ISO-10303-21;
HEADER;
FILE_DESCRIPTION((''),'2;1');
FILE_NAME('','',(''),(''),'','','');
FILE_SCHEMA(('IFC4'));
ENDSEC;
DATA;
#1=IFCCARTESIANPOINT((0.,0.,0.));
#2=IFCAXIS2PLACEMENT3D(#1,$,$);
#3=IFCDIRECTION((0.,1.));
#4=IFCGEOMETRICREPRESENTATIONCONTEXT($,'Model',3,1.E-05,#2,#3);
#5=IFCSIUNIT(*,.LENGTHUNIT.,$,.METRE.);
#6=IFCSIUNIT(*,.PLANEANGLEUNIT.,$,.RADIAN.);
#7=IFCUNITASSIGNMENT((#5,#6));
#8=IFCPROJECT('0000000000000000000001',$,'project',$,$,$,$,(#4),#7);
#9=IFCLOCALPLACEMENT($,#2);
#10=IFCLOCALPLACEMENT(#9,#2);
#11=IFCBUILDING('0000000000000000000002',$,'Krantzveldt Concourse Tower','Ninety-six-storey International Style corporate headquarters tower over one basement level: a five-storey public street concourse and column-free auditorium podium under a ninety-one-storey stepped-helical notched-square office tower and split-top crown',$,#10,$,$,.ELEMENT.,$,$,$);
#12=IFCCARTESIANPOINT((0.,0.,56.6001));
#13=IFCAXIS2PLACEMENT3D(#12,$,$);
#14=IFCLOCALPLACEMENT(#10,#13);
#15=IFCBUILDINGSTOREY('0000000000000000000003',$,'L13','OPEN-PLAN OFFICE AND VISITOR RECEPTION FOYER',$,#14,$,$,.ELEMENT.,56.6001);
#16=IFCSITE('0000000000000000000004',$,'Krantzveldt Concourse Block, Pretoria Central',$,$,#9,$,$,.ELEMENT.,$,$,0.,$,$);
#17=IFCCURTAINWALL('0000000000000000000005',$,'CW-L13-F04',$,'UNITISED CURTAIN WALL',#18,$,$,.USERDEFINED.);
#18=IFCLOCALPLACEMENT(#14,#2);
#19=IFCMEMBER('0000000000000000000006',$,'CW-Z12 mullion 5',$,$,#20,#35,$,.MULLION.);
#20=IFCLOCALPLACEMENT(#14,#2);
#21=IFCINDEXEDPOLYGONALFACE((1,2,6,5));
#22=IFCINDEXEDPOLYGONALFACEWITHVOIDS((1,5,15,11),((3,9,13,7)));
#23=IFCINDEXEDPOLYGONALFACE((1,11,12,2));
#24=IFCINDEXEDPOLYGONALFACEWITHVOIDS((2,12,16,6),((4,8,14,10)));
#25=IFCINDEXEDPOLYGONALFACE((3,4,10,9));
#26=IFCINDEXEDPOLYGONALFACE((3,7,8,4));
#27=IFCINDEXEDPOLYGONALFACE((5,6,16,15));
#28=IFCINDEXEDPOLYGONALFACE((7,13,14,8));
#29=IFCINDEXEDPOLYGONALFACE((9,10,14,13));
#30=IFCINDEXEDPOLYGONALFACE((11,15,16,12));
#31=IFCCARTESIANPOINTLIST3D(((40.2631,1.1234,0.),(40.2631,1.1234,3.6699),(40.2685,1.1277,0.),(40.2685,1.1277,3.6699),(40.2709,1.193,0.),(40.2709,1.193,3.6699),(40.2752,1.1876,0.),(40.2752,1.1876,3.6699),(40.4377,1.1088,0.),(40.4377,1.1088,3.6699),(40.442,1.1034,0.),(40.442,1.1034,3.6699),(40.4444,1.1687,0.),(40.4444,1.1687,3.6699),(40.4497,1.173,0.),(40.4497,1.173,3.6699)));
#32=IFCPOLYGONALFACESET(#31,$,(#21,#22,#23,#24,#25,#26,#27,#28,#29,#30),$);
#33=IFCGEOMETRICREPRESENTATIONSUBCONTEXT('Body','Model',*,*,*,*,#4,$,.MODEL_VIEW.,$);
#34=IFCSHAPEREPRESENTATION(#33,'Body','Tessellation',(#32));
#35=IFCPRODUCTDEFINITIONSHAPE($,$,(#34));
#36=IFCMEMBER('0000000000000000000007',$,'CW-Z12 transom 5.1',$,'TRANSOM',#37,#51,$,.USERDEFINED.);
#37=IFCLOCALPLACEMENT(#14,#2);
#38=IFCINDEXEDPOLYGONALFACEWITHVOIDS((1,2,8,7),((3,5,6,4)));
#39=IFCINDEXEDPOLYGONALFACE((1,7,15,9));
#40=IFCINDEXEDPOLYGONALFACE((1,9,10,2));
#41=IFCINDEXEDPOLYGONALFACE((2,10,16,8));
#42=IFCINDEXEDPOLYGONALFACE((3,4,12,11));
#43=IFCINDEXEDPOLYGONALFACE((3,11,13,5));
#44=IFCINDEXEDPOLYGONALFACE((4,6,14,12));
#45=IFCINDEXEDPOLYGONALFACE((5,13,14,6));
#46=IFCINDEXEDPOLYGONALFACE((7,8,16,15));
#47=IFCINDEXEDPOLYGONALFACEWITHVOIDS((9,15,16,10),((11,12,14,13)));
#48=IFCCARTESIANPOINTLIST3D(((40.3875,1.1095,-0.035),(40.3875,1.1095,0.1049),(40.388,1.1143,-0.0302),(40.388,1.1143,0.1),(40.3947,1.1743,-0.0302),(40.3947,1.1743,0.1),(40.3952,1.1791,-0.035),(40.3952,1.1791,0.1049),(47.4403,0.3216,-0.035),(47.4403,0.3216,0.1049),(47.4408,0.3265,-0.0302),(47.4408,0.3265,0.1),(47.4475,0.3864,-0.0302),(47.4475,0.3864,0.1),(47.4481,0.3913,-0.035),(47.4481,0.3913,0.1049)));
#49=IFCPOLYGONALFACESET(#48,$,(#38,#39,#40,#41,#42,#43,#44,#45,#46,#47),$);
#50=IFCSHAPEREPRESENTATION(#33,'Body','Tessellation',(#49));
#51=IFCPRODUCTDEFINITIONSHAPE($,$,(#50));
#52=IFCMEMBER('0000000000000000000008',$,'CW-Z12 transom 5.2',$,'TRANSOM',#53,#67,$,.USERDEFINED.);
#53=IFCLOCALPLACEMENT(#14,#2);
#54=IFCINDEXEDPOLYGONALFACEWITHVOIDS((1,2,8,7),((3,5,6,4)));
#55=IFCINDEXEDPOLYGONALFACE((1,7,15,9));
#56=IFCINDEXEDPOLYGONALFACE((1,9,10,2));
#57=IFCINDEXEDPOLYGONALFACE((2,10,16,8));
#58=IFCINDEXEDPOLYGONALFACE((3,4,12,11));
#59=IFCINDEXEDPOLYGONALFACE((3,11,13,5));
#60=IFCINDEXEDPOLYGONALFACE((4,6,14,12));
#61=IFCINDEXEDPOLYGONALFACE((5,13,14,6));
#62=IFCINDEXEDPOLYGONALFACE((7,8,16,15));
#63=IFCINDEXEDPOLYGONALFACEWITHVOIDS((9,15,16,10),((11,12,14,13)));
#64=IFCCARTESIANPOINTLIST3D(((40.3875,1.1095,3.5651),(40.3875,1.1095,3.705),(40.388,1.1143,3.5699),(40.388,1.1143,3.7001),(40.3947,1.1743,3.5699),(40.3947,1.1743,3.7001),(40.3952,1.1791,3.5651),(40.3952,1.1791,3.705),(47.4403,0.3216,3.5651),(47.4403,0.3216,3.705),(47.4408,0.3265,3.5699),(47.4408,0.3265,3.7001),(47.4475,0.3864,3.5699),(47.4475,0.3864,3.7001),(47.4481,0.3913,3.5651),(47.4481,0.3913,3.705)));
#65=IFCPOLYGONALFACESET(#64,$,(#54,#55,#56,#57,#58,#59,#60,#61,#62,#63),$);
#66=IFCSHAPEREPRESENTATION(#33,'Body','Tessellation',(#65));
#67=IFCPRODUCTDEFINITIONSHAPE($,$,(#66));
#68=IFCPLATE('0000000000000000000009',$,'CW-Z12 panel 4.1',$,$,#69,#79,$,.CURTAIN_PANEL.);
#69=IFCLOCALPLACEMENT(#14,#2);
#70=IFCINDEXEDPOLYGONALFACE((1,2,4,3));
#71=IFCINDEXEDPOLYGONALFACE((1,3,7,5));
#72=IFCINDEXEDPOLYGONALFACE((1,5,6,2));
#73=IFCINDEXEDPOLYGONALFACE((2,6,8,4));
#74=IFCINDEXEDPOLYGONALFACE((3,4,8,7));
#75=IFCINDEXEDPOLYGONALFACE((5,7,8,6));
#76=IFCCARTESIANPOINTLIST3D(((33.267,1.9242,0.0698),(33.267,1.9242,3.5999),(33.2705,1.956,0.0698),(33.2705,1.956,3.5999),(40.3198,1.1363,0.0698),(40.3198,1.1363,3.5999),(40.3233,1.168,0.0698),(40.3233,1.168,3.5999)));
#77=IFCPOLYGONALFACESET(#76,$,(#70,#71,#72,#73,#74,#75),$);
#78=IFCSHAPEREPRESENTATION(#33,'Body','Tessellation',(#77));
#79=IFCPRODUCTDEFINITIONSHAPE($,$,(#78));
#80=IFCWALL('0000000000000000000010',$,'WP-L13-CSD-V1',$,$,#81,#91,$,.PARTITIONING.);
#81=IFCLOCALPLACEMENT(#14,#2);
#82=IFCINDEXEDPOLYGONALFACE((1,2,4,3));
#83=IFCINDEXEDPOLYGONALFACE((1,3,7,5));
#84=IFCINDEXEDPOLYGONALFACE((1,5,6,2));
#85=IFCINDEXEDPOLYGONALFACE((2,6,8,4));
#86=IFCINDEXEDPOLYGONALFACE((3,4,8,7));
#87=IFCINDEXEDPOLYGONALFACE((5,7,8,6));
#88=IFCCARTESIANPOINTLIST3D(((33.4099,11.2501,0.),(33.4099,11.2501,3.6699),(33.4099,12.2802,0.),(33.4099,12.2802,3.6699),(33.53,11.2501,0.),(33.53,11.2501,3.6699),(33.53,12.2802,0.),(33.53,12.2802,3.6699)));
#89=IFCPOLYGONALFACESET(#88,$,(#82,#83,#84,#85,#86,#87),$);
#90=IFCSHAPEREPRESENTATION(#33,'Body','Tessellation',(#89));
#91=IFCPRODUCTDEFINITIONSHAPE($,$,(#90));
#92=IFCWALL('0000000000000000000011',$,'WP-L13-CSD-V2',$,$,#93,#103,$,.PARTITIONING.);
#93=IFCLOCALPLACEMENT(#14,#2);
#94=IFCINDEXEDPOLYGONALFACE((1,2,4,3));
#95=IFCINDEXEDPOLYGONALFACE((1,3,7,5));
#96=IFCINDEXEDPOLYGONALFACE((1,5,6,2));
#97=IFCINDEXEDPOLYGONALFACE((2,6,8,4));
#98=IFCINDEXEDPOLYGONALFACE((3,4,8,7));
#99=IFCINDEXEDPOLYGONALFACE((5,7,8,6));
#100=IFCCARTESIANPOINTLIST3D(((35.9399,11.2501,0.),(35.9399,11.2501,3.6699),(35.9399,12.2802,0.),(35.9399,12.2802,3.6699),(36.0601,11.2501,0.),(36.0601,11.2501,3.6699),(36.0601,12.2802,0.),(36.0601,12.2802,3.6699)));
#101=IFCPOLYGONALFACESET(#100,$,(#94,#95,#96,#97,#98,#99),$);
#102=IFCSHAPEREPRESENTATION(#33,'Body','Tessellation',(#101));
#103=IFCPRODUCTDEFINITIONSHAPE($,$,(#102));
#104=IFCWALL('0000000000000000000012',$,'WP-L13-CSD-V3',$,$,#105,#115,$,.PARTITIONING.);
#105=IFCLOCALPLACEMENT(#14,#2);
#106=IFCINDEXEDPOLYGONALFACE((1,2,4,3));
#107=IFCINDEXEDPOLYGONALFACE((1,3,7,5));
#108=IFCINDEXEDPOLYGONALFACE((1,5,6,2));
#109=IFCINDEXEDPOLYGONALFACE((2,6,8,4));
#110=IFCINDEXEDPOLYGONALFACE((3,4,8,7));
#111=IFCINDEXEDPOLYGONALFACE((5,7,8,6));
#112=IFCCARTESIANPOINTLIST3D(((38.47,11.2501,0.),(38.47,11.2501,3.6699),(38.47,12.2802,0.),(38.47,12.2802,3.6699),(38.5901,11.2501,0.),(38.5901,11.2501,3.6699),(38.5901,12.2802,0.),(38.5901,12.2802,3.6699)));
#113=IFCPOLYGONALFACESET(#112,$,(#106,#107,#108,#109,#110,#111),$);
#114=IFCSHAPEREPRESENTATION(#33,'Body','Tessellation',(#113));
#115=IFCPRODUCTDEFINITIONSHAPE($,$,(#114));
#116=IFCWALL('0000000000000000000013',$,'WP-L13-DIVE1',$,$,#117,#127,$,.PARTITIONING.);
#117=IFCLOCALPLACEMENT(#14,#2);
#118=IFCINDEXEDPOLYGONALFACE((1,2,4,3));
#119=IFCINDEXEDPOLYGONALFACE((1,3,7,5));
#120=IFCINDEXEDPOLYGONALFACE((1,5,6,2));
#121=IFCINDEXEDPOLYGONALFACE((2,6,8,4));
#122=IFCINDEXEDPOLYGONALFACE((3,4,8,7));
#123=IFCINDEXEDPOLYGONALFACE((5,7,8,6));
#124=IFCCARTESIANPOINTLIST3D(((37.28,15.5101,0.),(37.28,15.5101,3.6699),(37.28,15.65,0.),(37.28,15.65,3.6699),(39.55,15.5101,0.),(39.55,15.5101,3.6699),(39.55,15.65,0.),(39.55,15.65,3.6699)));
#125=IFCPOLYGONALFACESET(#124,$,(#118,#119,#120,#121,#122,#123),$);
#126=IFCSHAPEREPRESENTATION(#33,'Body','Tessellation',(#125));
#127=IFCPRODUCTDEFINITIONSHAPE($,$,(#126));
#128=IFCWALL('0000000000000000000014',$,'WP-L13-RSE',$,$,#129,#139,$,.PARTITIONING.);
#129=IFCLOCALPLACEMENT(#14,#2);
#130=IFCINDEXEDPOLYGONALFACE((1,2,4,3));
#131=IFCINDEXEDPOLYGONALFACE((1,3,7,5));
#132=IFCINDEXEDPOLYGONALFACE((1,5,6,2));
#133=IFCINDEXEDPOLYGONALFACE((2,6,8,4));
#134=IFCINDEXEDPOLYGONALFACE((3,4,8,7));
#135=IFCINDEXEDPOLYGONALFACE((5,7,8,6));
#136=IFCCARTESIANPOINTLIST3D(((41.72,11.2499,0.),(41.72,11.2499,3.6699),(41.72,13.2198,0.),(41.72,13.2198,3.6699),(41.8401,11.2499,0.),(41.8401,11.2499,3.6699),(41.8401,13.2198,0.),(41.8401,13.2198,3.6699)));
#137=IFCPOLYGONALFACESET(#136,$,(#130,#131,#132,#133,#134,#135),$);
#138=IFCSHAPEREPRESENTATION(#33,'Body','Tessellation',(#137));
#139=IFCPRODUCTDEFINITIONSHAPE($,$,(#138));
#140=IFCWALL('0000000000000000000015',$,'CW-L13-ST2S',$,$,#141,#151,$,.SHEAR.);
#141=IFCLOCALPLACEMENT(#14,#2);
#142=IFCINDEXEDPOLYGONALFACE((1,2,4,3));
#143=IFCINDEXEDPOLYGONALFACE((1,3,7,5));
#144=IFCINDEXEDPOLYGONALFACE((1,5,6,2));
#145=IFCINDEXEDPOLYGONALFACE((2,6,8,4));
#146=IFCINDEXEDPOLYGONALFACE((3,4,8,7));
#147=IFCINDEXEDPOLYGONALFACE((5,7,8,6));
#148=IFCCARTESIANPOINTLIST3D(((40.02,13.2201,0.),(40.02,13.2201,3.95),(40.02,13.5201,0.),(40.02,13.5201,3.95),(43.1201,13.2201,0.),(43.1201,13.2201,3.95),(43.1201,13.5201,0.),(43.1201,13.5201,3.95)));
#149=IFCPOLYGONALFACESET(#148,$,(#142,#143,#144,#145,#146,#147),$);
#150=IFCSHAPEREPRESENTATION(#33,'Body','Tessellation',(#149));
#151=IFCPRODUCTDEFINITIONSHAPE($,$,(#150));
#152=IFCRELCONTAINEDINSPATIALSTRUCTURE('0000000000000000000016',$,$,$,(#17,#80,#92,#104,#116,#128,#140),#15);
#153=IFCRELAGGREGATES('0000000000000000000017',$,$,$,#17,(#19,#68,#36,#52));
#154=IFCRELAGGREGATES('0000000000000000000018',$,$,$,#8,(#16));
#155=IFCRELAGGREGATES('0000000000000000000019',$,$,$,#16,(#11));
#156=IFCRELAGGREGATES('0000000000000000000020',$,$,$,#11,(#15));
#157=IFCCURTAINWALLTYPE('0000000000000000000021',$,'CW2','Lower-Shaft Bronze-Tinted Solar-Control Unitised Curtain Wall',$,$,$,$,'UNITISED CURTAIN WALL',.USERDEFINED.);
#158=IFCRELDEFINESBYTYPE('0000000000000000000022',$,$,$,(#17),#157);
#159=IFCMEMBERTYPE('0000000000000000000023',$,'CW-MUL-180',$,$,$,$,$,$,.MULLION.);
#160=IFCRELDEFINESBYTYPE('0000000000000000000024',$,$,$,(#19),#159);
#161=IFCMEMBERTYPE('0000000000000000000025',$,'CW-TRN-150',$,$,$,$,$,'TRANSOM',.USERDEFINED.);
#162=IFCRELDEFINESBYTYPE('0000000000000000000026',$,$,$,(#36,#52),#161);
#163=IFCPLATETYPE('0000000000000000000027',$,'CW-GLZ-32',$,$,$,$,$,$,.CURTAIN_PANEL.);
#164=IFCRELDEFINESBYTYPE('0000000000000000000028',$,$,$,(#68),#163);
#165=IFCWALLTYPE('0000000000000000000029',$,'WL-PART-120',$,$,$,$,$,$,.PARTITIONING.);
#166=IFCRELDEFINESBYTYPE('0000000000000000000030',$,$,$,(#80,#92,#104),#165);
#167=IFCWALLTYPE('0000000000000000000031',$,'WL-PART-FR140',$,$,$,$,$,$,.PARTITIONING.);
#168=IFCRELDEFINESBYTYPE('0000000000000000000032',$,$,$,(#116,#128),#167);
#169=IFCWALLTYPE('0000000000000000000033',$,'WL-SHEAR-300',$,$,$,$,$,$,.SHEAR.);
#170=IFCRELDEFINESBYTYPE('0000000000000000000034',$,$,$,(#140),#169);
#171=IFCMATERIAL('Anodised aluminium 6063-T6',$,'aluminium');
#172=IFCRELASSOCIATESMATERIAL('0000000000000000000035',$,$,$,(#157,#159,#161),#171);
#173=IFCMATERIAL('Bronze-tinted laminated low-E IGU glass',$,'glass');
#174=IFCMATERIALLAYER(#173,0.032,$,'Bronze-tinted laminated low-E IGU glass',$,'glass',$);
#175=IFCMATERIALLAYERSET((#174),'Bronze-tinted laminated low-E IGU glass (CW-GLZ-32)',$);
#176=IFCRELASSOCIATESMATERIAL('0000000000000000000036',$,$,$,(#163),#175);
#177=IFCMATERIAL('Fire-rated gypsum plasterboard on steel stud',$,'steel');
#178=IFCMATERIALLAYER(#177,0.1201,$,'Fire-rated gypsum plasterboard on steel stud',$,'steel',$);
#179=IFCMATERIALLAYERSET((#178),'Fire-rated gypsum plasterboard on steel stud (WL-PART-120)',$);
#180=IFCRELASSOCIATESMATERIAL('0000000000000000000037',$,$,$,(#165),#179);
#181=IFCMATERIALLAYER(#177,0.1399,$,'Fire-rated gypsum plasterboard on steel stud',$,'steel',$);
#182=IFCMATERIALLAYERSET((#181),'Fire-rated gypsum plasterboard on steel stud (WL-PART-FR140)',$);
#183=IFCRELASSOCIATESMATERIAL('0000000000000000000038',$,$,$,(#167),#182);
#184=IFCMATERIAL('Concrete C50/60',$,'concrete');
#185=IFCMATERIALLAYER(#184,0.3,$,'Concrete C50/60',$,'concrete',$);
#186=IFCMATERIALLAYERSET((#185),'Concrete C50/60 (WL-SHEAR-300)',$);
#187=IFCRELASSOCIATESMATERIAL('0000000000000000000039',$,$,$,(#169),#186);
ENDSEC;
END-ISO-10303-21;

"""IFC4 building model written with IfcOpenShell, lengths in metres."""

from ifc_helpers import new_model, si_unit, direction, frame, frame_2d, origin, origin_2d, place, context, subcontext, project, spatial, rectangle, hollow_rectangle, extrude, source, transform, mapped, material, layer, layer_set, material_profile, profile_set, type_object, type_shapes, element, aggregate, save


model = new_model("IFC4")

# Units and contexts
model_context = context("Model", 3, precision=1e-05, world=origin(), true_north=direction((0.0, 1.0)))
body_context = subcontext(model_context, "Body", "Model", "MODEL_VIEW")
ifc_project = project(units=[si_unit("LENGTHUNIT", "METRE"), si_unit("PLANEANGLEUNIT", "RADIAN")], contexts=[model_context])

# Site, building, storey
site_placement = place(None, origin())
site = spatial("IfcSite", under=ifc_project, at=site_placement, Name="Krantzveldt Concourse Block, Pretoria Central", CompositionType="ELEMENT", RefElevation=0.0)
building_placement = place(site_placement, origin())
building = spatial("IfcBuilding", under=site, at=building_placement, Name="Krantzveldt Concourse Tower", Description="Ninety-six-storey International Style corporate headquarters tower over one basement level: a five-storey public street concourse and column-free auditorium podium under a ninety-one-storey stepped-helical notched-square office tower and split-top crown", CompositionType="ELEMENT")
storey_placement = place(building_placement, frame((0.0, 0.0, 56.6001)))
storey = spatial("IfcBuildingStorey", under=building, at=storey_placement, Name="L13", Description="OPEN-PLAN OFFICE AND VISITOR RECEPTION FOYER", CompositionType="ELEMENT", Elevation=56.6001)

# Curtain wall, members, plate
ifc_material_1 = material(Name="Anodised aluminium 6063-T6", Category="aluminium")
curtain_wall_type = type_object("IfcCurtainWallType", Name="CW2", Description="Lower-Shaft Bronze-Tinted Solar-Control Unitised Curtain Wall", ElementType="UNITISED CURTAIN WALL", PredefinedType="USERDEFINED", material=ifc_material_1)
curtain_wall_placement = place(storey_placement, origin())
curtain_wall = element("IfcCurtainWall", 1, at=curtain_wall_placement, inside=storey, type_object=curtain_wall_type, Name="CW-L13-F04", ObjectType="UNITISED CURTAIN WALL", PredefinedType="USERDEFINED")
ifc_material_profile_1 = material_profile(ifc_material_1, hollow_rectangle(XDim=0.0701, YDim=0.1799, WallThickness=0.0049, at=origin_2d()), Name="Anodised aluminium 6063-T6", Category="aluminium")
ifc_profile_set_1 = profile_set([ifc_material_profile_1], Name="Anodised aluminium 6063-T6 - ALU-MULL 180x70x5")
member_type_1 = type_object("IfcMemberType", Name="CW-MUL-180", PredefinedType="MULLION", material=ifc_profile_set_1)
shared_shape_1 = source(origin(), body_context, "Body", "SweptSolid", [
    extrude(hollow_rectangle(XDim=0.0701, YDim=0.1799, WallThickness=0.0049, at=origin_2d()), origin(), (0.0, 0.0, 1.0), 3.6699),
])
type_shapes(member_type_1, [shared_shape_1])
member_1_placement = place(storey_placement, frame((40.3564, 1.1482, 0.0), z_axis=(0.0, 0.0, 1.0), x_axis=(0.111035, 0.993816, 0.0)))
member_1 = element("IfcMember", 2, at=member_1_placement, type_object=member_type_1, Name="CW-Z12 mullion 5", PredefinedType="MULLION", context=body_context, shape_type="MappedRepresentation", body=[
    mapped(shared_shape_1, transform((0.0, 0.0, 0.0), x_axis=(1.0, 0.0, 0.0), y_axis=(0.0, 1.0, 0.0), z_axis=(0.0, 0.0, 1.0), scale=1.0)),
])
ifc_material_profile_2 = material_profile(ifc_material_1, hollow_rectangle(XDim=0.0701, YDim=0.1399, WallThickness=0.0049, at=origin_2d()), Name="Anodised aluminium 6063-T6", Category="aluminium")
ifc_profile_set_2 = profile_set([ifc_material_profile_2], Name="Anodised aluminium 6063-T6 - ALU-TRAN 140x70x5")
member_type_2 = type_object("IfcMemberType", Name="CW-TRN-150", ElementType="TRANSOM", PredefinedType="USERDEFINED", material=ifc_profile_set_2)
shared_shape_2 = source(origin(), body_context, "Body", "SweptSolid", [
    extrude(hollow_rectangle(XDim=0.0701, YDim=0.1399, WallThickness=0.0049, at=origin_2d()), origin(), (0.0, 0.0, 1.0), 7.0967),
])
type_shapes(member_type_2, [shared_shape_2])
member_2_placement = place(storey_placement, frame((40.3914, 1.1443, 0.0349), z_axis=(0.993819, -0.111017, 0.0), x_axis=(0.111017, 0.993819, 0.0)))
member_2 = element("IfcMember", 3, at=member_2_placement, type_object=member_type_2, Name="CW-Z12 transom 5.1", ObjectType="TRANSOM", PredefinedType="USERDEFINED", context=body_context, shape_type="MappedRepresentation", body=[
    mapped(shared_shape_2, transform((0.0, 0.0, 0.0), x_axis=(1.0, 0.0, 0.0), y_axis=(0.0, 1.0, 0.0), z_axis=(0.0, 0.0, 1.0), scale=1.0)),
])
member_3_placement = place(storey_placement, frame((40.3914, 1.1443, 3.635), z_axis=(0.993819, -0.111017, 0.0), x_axis=(0.111017, 0.993819, 0.0)))
member_3 = element("IfcMember", 4, at=member_3_placement, type_object=member_type_2, Name="CW-Z12 transom 5.2", ObjectType="TRANSOM", PredefinedType="USERDEFINED", context=body_context, shape_type="MappedRepresentation", body=[
    mapped(shared_shape_2, transform((0.0, 0.0, 0.0), x_axis=(1.0, 0.0, 0.0), y_axis=(0.0, 1.0, 0.0), z_axis=(0.0, 0.0, 1.0), scale=1.0)),
])
ifc_material_2 = material(Name="Bronze-tinted laminated low-E IGU glass", Category="glass")
ifc_layer_1 = layer(ifc_material_2, 0.032, Name="Bronze-tinted laminated low-E IGU glass", Category="glass")
ifc_layer_set_1 = layer_set([ifc_layer_1], Name="Bronze-tinted laminated low-E IGU glass (CW-GLZ-32)")
plate_type = type_object("IfcPlateType", Name="CW-GLZ-32", PredefinedType="CURTAIN_PANEL", material=ifc_layer_set_1)
shared_shape_3 = source(origin(), body_context, "Body", "SweptSolid", [
    extrude(rectangle(XDim=7.0967, YDim=0.032, at=origin_2d()), origin(), (0.0, 0.0, 1.0), 3.53),
])
type_shapes(plate_type, [shared_shape_3])
plate_placement = place(storey_placement, frame((36.7952, 1.5461, 0.0698), z_axis=(0.0, 0.0, 1.0), x_axis=(0.993816, -0.111035, 0.0)))
plate = element("IfcPlate", 5, at=plate_placement, type_object=plate_type, Name="CW-Z12 panel 4.1", PredefinedType="CURTAIN_PANEL", context=body_context, shape_type="MappedRepresentation", body=[
    mapped(shared_shape_3, transform((0.0, 0.0, 0.0), x_axis=(1.0, 0.0, 0.0), y_axis=(0.0, 1.0, 0.0), z_axis=(0.0, 0.0, 1.0), scale=1.0)),
])
aggregate(curtain_wall, [member_1, plate, member_2, member_3])

# Walls
ifc_material_3 = material(Name="Fire-rated gypsum plasterboard on steel stud", Category="steel")
ifc_layer_2 = layer(ifc_material_3, 0.1201, Name="Fire-rated gypsum plasterboard on steel stud", Category="steel")
ifc_layer_set_2 = layer_set([ifc_layer_2], Name="Fire-rated gypsum plasterboard on steel stud (WL-PART-120)")
wall_type_1 = type_object("IfcWallType", Name="WL-PART-120", PredefinedType="PARTITIONING", material=ifc_layer_set_2)
for number, where, z_axis, x_axis, name in (
    (6, (33.47, 11.25, 0.0), (0.0, 0.0, 1.0), (0.0, 1.0, 0.0), "WP-L13-CSD-V1"),
    (7, (36.0, 11.25, 0.0), (0.0, 0.0, 1.0), (0.0, 1.0, 0.0), "WP-L13-CSD-V2"),
    (8, (38.53, 11.25, 0.0), (0.0, 0.0, 1.0), (0.0, 1.0, 0.0), "WP-L13-CSD-V3"),
):
    element("IfcWall", number, at=place(storey_placement, frame(where, z_axis=z_axis, x_axis=x_axis)), inside=storey, type_object=wall_type_1, Name=name, PredefinedType="PARTITIONING", context=body_context, shape_type="SweptSolid", body=[
        extrude(rectangle(XDim=1.03, YDim=0.1201, at=frame_2d((0.5151, 0.0))), origin(), (0.0, 0.0, 1.0), 3.6699),
    ])

# Shared definitions
ifc_layer_3 = layer(ifc_material_3, 0.1399, Name="Fire-rated gypsum plasterboard on steel stud", Category="steel")
ifc_layer_set_3 = layer_set([ifc_layer_3], Name="Fire-rated gypsum plasterboard on steel stud (WL-PART-FR140)")
wall_type_2 = type_object("IfcWallType", Name="WL-PART-FR140", PredefinedType="PARTITIONING", material=ifc_layer_set_3)

# Walls
wall_1_placement = place(storey_placement, frame((37.28, 15.5801, 0.0), z_axis=(0.0, 0.0, 1.0), x_axis=(1.0, 0.0, 0.0)))
element("IfcWall", 9, at=wall_1_placement, inside=storey, type_object=wall_type_2, Name="WP-L13-DIVE1", PredefinedType="PARTITIONING", context=body_context, shape_type="SweptSolid", body=[
    extrude(rectangle(XDim=2.27, YDim=0.1399, at=frame_2d((1.135, 0.0))), origin(), (0.0, 0.0, 1.0), 3.6699),
])
wall_2_placement = place(storey_placement, frame((41.78, 11.25, 0.0), z_axis=(0.0, 0.0, 1.0), x_axis=(0.0, 1.0, 0.0)))
element("IfcWall", 10, at=wall_2_placement, inside=storey, type_object=wall_type_2, Name="WP-L13-RSE", PredefinedType="PARTITIONING", context=body_context, shape_type="SweptSolid", body=[
    extrude(rectangle(XDim=1.97, YDim=0.1201, at=frame_2d((0.9849, 0.0))), origin(), (0.0, 0.0, 1.0), 3.6699),
])
ifc_material_4 = material(Name="Concrete C50/60", Category="concrete")
ifc_layer_4 = layer(ifc_material_4, 0.3, Name="Concrete C50/60", Category="concrete")
ifc_layer_set_4 = layer_set([ifc_layer_4], Name="Concrete C50/60 (WL-SHEAR-300)")
wall_type_3 = type_object("IfcWallType", Name="WL-SHEAR-300", PredefinedType="SHEAR", material=ifc_layer_set_4)
wall_3_placement = place(storey_placement, frame((40.02, 13.3701, 0.0), z_axis=(0.0, 0.0, 1.0), x_axis=(1.0, 0.0, 0.0)))
element("IfcWall", 11, at=wall_3_placement, inside=storey, type_object=wall_type_3, Name="CW-L13-ST2S", PredefinedType="SHEAR", context=body_context, shape_type="SweptSolid", body=[
    extrude(rectangle(XDim=3.1001, YDim=0.3, at=frame_2d((1.55, 0.0))), origin(), (0.0, 0.0, 1.0), 3.95),
])

save(model, "model.ifc")
